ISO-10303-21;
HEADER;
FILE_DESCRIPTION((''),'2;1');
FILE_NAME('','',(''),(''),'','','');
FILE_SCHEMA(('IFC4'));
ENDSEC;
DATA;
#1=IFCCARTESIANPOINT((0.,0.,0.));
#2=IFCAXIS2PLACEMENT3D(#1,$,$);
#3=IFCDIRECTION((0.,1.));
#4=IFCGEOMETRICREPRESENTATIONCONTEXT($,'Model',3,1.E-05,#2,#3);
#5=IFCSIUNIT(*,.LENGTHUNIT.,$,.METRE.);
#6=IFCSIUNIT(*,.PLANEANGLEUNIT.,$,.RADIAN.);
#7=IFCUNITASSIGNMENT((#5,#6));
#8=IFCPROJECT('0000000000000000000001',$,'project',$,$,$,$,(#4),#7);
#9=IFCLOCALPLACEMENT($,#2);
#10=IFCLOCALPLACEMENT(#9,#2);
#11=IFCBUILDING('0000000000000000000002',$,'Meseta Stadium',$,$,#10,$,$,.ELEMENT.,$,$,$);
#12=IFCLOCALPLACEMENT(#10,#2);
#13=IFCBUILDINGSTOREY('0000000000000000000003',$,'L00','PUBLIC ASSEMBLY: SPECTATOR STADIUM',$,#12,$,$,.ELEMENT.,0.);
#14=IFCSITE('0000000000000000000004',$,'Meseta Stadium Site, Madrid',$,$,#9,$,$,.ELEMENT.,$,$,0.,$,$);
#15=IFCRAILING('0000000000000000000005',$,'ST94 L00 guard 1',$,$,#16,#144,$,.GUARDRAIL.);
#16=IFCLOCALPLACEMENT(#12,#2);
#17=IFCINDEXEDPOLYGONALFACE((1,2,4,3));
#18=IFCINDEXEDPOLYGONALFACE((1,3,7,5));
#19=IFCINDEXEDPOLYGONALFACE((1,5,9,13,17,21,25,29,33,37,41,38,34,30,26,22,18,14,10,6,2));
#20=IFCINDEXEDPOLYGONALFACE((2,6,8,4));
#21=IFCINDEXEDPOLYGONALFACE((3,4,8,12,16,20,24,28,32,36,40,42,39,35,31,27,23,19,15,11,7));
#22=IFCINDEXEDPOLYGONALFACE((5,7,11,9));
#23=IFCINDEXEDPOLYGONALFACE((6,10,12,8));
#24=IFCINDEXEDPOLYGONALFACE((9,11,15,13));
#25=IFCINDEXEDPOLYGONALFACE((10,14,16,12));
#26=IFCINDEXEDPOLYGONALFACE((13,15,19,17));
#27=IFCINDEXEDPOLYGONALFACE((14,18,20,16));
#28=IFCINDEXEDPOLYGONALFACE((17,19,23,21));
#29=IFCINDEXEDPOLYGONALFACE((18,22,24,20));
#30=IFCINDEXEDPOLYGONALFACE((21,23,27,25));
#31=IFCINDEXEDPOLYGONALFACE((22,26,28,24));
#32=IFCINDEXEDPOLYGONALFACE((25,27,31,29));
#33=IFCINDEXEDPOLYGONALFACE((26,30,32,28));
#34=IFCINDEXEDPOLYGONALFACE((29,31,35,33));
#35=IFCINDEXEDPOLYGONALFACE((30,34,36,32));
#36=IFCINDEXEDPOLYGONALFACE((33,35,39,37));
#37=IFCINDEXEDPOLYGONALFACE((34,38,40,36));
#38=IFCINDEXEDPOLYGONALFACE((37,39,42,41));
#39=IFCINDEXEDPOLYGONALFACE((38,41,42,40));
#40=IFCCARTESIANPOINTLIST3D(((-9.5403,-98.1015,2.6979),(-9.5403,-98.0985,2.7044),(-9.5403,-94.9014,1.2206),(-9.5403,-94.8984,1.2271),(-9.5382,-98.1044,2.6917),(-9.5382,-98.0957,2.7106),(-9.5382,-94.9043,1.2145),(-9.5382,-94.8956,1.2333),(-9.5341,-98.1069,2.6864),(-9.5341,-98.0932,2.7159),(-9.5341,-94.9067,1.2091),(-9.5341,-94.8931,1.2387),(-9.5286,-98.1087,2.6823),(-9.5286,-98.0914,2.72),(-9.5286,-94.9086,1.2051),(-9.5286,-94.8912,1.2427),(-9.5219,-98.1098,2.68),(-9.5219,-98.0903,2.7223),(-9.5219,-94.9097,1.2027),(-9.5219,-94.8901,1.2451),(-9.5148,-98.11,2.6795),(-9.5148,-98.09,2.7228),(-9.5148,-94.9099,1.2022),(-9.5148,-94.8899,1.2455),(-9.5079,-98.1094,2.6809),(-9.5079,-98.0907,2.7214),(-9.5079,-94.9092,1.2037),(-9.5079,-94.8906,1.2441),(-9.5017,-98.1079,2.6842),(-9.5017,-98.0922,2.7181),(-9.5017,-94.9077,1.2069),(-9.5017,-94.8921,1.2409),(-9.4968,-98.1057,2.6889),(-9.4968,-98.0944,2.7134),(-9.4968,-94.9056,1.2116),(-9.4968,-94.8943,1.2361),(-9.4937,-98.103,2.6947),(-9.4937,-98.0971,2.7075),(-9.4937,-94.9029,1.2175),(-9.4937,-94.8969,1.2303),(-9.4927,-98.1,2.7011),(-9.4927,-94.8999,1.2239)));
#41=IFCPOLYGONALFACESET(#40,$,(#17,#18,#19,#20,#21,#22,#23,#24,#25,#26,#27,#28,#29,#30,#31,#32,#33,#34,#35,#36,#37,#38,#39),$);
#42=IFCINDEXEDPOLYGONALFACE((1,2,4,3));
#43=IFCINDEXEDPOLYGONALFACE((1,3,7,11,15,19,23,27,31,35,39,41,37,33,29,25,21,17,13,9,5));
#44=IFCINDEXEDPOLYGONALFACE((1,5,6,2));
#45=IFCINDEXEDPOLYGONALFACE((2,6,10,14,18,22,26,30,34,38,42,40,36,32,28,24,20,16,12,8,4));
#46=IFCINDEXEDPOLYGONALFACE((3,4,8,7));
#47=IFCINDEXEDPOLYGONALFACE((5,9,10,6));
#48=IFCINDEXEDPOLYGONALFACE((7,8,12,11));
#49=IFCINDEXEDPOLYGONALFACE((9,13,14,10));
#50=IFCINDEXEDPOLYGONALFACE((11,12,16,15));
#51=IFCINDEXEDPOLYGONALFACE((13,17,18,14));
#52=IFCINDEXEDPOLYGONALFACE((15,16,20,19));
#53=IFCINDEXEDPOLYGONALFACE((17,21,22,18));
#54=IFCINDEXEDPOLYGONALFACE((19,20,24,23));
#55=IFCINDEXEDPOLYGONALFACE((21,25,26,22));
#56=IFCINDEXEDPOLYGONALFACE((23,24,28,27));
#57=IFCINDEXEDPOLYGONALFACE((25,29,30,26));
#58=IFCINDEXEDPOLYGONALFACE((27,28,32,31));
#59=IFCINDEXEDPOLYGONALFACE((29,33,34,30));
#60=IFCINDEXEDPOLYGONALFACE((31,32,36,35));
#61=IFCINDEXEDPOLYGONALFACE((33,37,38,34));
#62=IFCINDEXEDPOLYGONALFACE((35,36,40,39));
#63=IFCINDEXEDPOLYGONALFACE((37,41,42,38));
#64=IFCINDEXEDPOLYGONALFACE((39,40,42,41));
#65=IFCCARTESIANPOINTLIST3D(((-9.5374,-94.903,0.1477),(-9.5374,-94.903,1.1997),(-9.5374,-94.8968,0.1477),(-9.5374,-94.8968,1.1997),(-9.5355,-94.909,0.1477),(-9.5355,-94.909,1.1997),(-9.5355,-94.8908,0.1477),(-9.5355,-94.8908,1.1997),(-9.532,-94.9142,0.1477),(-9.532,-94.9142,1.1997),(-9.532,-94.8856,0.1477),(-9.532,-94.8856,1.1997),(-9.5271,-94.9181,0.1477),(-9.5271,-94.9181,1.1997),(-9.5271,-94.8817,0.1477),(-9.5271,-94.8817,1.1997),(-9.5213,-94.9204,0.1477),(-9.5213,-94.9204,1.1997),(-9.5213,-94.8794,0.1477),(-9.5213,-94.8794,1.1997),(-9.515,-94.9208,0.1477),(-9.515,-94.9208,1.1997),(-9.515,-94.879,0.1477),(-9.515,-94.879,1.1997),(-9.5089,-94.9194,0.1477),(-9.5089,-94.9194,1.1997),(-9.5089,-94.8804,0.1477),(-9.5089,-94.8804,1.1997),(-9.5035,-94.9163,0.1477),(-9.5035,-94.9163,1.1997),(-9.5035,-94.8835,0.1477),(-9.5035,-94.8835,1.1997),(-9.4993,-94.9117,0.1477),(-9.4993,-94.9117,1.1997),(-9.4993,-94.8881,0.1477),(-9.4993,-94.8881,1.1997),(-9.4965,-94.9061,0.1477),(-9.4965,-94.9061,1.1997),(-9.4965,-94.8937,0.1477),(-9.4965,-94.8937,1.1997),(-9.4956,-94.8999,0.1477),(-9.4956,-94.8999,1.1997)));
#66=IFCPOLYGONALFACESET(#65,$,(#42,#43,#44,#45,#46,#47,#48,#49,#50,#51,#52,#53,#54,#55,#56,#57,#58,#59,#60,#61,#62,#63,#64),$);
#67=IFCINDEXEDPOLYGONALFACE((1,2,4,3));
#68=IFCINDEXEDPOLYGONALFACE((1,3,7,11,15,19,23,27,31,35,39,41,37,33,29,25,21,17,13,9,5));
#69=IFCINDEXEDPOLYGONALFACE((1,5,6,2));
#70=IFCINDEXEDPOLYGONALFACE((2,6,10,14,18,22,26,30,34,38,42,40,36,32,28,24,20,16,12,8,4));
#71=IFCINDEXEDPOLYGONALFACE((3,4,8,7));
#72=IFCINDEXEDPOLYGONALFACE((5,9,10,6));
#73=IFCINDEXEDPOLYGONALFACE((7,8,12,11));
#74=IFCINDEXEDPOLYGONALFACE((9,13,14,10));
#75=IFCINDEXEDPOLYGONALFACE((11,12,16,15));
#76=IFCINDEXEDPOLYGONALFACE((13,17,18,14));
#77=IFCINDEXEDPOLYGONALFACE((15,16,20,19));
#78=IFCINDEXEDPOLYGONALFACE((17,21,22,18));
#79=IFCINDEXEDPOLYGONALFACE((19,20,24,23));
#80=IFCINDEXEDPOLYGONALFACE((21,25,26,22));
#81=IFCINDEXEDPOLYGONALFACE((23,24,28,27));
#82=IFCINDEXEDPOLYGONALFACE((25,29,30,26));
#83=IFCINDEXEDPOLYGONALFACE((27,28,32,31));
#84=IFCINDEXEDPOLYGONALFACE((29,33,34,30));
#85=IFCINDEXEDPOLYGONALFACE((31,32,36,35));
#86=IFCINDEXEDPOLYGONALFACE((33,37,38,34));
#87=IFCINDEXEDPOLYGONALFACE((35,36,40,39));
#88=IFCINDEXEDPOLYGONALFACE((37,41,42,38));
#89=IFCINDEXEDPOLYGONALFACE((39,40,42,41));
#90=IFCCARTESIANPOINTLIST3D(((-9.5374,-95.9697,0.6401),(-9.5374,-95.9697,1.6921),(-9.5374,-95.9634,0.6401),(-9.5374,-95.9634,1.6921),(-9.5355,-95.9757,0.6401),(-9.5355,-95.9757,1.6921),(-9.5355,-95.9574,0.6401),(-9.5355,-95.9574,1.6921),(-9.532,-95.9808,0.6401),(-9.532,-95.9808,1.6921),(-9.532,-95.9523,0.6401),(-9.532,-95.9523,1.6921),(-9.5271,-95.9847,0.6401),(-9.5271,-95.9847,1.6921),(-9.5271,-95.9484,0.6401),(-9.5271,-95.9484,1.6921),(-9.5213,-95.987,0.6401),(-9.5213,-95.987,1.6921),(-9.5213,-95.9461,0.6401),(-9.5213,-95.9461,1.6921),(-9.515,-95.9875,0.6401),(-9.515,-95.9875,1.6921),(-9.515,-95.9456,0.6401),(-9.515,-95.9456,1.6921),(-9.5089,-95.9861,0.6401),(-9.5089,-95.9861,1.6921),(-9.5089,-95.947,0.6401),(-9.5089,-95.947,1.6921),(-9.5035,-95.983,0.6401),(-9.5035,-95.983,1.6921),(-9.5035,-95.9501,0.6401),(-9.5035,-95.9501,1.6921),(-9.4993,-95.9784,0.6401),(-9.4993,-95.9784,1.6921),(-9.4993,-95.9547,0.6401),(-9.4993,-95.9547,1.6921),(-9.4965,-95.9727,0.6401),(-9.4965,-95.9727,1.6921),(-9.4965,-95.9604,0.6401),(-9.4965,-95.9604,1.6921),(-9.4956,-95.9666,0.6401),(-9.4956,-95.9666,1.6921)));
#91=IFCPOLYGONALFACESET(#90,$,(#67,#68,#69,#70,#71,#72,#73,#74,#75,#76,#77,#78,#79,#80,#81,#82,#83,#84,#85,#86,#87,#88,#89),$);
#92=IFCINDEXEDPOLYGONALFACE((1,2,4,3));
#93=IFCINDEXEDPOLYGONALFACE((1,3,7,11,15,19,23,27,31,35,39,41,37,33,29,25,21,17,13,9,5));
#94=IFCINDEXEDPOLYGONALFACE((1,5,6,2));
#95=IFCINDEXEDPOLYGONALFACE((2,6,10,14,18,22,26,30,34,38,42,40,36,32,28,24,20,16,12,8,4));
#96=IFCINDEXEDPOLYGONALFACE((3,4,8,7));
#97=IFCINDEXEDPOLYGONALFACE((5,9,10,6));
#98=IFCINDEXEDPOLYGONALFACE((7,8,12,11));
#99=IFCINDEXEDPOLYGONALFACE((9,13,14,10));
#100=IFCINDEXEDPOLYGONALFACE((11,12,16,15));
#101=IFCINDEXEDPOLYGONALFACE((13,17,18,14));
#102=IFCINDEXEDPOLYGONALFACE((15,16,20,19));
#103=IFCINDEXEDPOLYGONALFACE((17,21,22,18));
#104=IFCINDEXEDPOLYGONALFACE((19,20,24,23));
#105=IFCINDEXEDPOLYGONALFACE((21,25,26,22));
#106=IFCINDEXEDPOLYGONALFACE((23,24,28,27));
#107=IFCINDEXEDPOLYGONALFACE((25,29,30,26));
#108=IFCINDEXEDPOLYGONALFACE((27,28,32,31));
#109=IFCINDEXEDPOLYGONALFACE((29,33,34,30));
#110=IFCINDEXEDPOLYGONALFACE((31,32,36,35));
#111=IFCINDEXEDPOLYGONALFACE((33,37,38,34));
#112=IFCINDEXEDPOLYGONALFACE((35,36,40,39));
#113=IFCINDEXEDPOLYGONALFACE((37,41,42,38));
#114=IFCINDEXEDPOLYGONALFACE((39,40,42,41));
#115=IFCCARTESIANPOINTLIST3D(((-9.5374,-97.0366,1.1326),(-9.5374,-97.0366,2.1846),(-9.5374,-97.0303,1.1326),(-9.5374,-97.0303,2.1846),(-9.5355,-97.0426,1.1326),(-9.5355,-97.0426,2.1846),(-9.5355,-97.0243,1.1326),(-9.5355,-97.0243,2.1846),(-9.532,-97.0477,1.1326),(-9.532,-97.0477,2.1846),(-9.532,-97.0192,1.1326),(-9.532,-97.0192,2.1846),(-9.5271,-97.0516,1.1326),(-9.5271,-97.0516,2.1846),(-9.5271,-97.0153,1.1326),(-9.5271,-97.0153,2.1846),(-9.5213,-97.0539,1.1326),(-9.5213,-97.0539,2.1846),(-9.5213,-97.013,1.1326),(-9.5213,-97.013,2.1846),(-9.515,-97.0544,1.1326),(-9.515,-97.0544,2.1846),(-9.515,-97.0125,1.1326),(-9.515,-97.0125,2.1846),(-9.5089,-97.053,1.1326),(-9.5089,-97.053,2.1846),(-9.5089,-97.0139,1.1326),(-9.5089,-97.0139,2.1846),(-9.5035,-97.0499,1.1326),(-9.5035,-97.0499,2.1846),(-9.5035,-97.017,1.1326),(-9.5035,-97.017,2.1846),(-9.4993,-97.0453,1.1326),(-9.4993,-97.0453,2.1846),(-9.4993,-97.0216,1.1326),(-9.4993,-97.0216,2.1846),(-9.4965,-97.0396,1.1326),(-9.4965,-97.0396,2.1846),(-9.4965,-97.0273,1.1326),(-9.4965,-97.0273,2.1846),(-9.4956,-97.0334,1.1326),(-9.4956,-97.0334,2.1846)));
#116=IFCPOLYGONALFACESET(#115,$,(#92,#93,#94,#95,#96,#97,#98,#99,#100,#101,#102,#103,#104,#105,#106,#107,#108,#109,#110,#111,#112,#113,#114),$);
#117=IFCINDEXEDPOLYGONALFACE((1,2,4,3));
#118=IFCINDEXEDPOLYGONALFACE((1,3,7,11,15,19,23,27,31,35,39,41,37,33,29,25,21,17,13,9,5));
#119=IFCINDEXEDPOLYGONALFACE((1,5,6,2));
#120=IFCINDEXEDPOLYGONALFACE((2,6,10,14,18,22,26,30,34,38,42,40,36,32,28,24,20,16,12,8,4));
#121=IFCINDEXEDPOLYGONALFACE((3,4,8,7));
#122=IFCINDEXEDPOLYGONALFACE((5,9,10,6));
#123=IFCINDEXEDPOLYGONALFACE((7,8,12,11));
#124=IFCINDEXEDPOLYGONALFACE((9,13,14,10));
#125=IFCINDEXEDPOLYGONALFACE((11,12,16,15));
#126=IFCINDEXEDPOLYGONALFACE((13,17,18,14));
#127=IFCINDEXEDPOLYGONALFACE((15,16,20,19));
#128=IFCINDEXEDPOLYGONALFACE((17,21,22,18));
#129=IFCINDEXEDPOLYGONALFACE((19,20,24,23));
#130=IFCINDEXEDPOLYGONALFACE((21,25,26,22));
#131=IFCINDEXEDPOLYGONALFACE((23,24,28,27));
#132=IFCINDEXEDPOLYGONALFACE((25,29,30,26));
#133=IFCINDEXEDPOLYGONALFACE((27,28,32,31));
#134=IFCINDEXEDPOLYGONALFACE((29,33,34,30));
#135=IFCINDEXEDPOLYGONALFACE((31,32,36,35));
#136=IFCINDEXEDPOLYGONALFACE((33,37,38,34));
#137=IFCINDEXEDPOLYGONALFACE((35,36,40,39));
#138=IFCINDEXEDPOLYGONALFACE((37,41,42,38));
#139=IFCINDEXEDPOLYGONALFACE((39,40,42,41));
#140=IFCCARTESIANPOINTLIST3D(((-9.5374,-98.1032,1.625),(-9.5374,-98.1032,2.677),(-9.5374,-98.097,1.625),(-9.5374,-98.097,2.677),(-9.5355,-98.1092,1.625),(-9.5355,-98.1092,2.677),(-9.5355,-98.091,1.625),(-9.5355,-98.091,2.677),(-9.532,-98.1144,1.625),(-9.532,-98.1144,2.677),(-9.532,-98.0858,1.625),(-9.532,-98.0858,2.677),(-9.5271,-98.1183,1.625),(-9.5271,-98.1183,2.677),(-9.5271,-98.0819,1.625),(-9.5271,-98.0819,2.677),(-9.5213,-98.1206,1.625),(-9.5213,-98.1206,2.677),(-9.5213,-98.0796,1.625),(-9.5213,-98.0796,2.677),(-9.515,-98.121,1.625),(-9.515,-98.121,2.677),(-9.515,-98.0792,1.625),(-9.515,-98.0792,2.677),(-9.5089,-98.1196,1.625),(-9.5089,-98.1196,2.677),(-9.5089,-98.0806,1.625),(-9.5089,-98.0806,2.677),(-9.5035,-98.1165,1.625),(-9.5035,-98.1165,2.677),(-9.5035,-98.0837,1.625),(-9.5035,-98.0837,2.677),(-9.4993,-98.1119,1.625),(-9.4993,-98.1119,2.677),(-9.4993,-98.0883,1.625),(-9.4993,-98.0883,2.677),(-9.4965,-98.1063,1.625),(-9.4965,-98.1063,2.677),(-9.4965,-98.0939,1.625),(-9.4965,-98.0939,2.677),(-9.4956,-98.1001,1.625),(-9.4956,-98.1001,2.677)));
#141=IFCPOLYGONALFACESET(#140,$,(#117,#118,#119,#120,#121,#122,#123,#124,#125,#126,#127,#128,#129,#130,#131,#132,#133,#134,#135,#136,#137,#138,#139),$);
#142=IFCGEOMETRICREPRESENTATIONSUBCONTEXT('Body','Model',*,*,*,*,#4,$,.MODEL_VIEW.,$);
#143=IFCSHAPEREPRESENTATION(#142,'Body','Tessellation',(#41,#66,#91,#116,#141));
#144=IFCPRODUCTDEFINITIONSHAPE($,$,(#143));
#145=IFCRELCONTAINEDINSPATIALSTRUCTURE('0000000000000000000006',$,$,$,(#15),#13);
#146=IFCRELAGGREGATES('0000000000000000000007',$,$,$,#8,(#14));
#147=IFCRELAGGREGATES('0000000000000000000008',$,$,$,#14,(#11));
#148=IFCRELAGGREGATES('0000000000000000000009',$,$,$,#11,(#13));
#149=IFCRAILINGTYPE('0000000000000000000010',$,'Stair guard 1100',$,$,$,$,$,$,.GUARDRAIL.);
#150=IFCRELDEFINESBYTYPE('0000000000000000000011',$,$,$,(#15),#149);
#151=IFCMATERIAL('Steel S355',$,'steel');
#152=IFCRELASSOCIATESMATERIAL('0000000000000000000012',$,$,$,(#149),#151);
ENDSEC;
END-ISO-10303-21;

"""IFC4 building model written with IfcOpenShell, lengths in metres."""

from ifc_helpers import new_model, si_unit, direction, frame, origin, origin_2d, place, context, subcontext, project, spatial, circle, extrude, material, type_object, element, save


model = new_model("IFC4")

# Units and contexts
model_context = context("Model", 3, precision=1e-05, world=origin(), true_north=direction((0.0, 1.0)))
body_context = subcontext(model_context, "Body", "Model", "MODEL_VIEW")
ifc_project = project(units=[si_unit("LENGTHUNIT", "METRE"), si_unit("PLANEANGLEUNIT", "RADIAN")], contexts=[model_context])

# Site, building, storey
site_placement = place(None, origin())
site = spatial("IfcSite", under=ifc_project, at=site_placement, Name="Meseta Stadium Site, Madrid", CompositionType="ELEMENT", RefElevation=0.0)
building_placement = place(site_placement, origin())
building = spatial("IfcBuilding", under=site, at=building_placement, Name="Meseta Stadium", CompositionType="ELEMENT")
storey_placement = place(building_placement, origin())
storey = spatial("IfcBuildingStorey", under=building, at=storey_placement, Name="L00", Description="PUBLIC ASSEMBLY: SPECTATOR STADIUM", CompositionType="ELEMENT", Elevation=0.0)

# Railing
ifc_material_1 = material(Name="Steel S355", Category="steel")
railing_type_1 = type_object("IfcRailingType", Name="Stair guard 1100", PredefinedType="GUARDRAIL", material=ifc_material_1)
railing_1_placement = place(storey_placement, frame((-9.5166, -94.8999, 0.1477)))
element("IfcRailing", 1, at=railing_1_placement, inside=storey, type_object=railing_type_1, Name="ST94 L00 guard 1", PredefinedType="GUARDRAIL", context=body_context, shape_type="SweptSolid", body=[
    extrude(circle(Radius=0.0239, at=origin_2d()), frame((0.0, 0.0, 1.0762), z_axis=(0.0, -0.907929, 0.419124), x_axis=(1.0, 0.0, 0.0)), (0.0, 0.0, 1.0), 3.5247),
    extrude(circle(Radius=0.021, at=origin_2d()), origin(), (0.0, 0.0, 1.0), 1.052),
    extrude(circle(Radius=0.021, at=origin_2d()), frame((0.0, -1.0667, 0.4924)), (0.0, 0.0, 1.0), 1.052),
    extrude(circle(Radius=0.021, at=origin_2d()), frame((0.0, -2.1335, 0.9849)), (0.0, 0.0, 1.0), 1.052),
    extrude(circle(Radius=0.021, at=origin_2d()), frame((0.0, -3.2002, 1.4773)), (0.0, 0.0, 1.0), 1.052),
])

save(model, "model.ifc")
